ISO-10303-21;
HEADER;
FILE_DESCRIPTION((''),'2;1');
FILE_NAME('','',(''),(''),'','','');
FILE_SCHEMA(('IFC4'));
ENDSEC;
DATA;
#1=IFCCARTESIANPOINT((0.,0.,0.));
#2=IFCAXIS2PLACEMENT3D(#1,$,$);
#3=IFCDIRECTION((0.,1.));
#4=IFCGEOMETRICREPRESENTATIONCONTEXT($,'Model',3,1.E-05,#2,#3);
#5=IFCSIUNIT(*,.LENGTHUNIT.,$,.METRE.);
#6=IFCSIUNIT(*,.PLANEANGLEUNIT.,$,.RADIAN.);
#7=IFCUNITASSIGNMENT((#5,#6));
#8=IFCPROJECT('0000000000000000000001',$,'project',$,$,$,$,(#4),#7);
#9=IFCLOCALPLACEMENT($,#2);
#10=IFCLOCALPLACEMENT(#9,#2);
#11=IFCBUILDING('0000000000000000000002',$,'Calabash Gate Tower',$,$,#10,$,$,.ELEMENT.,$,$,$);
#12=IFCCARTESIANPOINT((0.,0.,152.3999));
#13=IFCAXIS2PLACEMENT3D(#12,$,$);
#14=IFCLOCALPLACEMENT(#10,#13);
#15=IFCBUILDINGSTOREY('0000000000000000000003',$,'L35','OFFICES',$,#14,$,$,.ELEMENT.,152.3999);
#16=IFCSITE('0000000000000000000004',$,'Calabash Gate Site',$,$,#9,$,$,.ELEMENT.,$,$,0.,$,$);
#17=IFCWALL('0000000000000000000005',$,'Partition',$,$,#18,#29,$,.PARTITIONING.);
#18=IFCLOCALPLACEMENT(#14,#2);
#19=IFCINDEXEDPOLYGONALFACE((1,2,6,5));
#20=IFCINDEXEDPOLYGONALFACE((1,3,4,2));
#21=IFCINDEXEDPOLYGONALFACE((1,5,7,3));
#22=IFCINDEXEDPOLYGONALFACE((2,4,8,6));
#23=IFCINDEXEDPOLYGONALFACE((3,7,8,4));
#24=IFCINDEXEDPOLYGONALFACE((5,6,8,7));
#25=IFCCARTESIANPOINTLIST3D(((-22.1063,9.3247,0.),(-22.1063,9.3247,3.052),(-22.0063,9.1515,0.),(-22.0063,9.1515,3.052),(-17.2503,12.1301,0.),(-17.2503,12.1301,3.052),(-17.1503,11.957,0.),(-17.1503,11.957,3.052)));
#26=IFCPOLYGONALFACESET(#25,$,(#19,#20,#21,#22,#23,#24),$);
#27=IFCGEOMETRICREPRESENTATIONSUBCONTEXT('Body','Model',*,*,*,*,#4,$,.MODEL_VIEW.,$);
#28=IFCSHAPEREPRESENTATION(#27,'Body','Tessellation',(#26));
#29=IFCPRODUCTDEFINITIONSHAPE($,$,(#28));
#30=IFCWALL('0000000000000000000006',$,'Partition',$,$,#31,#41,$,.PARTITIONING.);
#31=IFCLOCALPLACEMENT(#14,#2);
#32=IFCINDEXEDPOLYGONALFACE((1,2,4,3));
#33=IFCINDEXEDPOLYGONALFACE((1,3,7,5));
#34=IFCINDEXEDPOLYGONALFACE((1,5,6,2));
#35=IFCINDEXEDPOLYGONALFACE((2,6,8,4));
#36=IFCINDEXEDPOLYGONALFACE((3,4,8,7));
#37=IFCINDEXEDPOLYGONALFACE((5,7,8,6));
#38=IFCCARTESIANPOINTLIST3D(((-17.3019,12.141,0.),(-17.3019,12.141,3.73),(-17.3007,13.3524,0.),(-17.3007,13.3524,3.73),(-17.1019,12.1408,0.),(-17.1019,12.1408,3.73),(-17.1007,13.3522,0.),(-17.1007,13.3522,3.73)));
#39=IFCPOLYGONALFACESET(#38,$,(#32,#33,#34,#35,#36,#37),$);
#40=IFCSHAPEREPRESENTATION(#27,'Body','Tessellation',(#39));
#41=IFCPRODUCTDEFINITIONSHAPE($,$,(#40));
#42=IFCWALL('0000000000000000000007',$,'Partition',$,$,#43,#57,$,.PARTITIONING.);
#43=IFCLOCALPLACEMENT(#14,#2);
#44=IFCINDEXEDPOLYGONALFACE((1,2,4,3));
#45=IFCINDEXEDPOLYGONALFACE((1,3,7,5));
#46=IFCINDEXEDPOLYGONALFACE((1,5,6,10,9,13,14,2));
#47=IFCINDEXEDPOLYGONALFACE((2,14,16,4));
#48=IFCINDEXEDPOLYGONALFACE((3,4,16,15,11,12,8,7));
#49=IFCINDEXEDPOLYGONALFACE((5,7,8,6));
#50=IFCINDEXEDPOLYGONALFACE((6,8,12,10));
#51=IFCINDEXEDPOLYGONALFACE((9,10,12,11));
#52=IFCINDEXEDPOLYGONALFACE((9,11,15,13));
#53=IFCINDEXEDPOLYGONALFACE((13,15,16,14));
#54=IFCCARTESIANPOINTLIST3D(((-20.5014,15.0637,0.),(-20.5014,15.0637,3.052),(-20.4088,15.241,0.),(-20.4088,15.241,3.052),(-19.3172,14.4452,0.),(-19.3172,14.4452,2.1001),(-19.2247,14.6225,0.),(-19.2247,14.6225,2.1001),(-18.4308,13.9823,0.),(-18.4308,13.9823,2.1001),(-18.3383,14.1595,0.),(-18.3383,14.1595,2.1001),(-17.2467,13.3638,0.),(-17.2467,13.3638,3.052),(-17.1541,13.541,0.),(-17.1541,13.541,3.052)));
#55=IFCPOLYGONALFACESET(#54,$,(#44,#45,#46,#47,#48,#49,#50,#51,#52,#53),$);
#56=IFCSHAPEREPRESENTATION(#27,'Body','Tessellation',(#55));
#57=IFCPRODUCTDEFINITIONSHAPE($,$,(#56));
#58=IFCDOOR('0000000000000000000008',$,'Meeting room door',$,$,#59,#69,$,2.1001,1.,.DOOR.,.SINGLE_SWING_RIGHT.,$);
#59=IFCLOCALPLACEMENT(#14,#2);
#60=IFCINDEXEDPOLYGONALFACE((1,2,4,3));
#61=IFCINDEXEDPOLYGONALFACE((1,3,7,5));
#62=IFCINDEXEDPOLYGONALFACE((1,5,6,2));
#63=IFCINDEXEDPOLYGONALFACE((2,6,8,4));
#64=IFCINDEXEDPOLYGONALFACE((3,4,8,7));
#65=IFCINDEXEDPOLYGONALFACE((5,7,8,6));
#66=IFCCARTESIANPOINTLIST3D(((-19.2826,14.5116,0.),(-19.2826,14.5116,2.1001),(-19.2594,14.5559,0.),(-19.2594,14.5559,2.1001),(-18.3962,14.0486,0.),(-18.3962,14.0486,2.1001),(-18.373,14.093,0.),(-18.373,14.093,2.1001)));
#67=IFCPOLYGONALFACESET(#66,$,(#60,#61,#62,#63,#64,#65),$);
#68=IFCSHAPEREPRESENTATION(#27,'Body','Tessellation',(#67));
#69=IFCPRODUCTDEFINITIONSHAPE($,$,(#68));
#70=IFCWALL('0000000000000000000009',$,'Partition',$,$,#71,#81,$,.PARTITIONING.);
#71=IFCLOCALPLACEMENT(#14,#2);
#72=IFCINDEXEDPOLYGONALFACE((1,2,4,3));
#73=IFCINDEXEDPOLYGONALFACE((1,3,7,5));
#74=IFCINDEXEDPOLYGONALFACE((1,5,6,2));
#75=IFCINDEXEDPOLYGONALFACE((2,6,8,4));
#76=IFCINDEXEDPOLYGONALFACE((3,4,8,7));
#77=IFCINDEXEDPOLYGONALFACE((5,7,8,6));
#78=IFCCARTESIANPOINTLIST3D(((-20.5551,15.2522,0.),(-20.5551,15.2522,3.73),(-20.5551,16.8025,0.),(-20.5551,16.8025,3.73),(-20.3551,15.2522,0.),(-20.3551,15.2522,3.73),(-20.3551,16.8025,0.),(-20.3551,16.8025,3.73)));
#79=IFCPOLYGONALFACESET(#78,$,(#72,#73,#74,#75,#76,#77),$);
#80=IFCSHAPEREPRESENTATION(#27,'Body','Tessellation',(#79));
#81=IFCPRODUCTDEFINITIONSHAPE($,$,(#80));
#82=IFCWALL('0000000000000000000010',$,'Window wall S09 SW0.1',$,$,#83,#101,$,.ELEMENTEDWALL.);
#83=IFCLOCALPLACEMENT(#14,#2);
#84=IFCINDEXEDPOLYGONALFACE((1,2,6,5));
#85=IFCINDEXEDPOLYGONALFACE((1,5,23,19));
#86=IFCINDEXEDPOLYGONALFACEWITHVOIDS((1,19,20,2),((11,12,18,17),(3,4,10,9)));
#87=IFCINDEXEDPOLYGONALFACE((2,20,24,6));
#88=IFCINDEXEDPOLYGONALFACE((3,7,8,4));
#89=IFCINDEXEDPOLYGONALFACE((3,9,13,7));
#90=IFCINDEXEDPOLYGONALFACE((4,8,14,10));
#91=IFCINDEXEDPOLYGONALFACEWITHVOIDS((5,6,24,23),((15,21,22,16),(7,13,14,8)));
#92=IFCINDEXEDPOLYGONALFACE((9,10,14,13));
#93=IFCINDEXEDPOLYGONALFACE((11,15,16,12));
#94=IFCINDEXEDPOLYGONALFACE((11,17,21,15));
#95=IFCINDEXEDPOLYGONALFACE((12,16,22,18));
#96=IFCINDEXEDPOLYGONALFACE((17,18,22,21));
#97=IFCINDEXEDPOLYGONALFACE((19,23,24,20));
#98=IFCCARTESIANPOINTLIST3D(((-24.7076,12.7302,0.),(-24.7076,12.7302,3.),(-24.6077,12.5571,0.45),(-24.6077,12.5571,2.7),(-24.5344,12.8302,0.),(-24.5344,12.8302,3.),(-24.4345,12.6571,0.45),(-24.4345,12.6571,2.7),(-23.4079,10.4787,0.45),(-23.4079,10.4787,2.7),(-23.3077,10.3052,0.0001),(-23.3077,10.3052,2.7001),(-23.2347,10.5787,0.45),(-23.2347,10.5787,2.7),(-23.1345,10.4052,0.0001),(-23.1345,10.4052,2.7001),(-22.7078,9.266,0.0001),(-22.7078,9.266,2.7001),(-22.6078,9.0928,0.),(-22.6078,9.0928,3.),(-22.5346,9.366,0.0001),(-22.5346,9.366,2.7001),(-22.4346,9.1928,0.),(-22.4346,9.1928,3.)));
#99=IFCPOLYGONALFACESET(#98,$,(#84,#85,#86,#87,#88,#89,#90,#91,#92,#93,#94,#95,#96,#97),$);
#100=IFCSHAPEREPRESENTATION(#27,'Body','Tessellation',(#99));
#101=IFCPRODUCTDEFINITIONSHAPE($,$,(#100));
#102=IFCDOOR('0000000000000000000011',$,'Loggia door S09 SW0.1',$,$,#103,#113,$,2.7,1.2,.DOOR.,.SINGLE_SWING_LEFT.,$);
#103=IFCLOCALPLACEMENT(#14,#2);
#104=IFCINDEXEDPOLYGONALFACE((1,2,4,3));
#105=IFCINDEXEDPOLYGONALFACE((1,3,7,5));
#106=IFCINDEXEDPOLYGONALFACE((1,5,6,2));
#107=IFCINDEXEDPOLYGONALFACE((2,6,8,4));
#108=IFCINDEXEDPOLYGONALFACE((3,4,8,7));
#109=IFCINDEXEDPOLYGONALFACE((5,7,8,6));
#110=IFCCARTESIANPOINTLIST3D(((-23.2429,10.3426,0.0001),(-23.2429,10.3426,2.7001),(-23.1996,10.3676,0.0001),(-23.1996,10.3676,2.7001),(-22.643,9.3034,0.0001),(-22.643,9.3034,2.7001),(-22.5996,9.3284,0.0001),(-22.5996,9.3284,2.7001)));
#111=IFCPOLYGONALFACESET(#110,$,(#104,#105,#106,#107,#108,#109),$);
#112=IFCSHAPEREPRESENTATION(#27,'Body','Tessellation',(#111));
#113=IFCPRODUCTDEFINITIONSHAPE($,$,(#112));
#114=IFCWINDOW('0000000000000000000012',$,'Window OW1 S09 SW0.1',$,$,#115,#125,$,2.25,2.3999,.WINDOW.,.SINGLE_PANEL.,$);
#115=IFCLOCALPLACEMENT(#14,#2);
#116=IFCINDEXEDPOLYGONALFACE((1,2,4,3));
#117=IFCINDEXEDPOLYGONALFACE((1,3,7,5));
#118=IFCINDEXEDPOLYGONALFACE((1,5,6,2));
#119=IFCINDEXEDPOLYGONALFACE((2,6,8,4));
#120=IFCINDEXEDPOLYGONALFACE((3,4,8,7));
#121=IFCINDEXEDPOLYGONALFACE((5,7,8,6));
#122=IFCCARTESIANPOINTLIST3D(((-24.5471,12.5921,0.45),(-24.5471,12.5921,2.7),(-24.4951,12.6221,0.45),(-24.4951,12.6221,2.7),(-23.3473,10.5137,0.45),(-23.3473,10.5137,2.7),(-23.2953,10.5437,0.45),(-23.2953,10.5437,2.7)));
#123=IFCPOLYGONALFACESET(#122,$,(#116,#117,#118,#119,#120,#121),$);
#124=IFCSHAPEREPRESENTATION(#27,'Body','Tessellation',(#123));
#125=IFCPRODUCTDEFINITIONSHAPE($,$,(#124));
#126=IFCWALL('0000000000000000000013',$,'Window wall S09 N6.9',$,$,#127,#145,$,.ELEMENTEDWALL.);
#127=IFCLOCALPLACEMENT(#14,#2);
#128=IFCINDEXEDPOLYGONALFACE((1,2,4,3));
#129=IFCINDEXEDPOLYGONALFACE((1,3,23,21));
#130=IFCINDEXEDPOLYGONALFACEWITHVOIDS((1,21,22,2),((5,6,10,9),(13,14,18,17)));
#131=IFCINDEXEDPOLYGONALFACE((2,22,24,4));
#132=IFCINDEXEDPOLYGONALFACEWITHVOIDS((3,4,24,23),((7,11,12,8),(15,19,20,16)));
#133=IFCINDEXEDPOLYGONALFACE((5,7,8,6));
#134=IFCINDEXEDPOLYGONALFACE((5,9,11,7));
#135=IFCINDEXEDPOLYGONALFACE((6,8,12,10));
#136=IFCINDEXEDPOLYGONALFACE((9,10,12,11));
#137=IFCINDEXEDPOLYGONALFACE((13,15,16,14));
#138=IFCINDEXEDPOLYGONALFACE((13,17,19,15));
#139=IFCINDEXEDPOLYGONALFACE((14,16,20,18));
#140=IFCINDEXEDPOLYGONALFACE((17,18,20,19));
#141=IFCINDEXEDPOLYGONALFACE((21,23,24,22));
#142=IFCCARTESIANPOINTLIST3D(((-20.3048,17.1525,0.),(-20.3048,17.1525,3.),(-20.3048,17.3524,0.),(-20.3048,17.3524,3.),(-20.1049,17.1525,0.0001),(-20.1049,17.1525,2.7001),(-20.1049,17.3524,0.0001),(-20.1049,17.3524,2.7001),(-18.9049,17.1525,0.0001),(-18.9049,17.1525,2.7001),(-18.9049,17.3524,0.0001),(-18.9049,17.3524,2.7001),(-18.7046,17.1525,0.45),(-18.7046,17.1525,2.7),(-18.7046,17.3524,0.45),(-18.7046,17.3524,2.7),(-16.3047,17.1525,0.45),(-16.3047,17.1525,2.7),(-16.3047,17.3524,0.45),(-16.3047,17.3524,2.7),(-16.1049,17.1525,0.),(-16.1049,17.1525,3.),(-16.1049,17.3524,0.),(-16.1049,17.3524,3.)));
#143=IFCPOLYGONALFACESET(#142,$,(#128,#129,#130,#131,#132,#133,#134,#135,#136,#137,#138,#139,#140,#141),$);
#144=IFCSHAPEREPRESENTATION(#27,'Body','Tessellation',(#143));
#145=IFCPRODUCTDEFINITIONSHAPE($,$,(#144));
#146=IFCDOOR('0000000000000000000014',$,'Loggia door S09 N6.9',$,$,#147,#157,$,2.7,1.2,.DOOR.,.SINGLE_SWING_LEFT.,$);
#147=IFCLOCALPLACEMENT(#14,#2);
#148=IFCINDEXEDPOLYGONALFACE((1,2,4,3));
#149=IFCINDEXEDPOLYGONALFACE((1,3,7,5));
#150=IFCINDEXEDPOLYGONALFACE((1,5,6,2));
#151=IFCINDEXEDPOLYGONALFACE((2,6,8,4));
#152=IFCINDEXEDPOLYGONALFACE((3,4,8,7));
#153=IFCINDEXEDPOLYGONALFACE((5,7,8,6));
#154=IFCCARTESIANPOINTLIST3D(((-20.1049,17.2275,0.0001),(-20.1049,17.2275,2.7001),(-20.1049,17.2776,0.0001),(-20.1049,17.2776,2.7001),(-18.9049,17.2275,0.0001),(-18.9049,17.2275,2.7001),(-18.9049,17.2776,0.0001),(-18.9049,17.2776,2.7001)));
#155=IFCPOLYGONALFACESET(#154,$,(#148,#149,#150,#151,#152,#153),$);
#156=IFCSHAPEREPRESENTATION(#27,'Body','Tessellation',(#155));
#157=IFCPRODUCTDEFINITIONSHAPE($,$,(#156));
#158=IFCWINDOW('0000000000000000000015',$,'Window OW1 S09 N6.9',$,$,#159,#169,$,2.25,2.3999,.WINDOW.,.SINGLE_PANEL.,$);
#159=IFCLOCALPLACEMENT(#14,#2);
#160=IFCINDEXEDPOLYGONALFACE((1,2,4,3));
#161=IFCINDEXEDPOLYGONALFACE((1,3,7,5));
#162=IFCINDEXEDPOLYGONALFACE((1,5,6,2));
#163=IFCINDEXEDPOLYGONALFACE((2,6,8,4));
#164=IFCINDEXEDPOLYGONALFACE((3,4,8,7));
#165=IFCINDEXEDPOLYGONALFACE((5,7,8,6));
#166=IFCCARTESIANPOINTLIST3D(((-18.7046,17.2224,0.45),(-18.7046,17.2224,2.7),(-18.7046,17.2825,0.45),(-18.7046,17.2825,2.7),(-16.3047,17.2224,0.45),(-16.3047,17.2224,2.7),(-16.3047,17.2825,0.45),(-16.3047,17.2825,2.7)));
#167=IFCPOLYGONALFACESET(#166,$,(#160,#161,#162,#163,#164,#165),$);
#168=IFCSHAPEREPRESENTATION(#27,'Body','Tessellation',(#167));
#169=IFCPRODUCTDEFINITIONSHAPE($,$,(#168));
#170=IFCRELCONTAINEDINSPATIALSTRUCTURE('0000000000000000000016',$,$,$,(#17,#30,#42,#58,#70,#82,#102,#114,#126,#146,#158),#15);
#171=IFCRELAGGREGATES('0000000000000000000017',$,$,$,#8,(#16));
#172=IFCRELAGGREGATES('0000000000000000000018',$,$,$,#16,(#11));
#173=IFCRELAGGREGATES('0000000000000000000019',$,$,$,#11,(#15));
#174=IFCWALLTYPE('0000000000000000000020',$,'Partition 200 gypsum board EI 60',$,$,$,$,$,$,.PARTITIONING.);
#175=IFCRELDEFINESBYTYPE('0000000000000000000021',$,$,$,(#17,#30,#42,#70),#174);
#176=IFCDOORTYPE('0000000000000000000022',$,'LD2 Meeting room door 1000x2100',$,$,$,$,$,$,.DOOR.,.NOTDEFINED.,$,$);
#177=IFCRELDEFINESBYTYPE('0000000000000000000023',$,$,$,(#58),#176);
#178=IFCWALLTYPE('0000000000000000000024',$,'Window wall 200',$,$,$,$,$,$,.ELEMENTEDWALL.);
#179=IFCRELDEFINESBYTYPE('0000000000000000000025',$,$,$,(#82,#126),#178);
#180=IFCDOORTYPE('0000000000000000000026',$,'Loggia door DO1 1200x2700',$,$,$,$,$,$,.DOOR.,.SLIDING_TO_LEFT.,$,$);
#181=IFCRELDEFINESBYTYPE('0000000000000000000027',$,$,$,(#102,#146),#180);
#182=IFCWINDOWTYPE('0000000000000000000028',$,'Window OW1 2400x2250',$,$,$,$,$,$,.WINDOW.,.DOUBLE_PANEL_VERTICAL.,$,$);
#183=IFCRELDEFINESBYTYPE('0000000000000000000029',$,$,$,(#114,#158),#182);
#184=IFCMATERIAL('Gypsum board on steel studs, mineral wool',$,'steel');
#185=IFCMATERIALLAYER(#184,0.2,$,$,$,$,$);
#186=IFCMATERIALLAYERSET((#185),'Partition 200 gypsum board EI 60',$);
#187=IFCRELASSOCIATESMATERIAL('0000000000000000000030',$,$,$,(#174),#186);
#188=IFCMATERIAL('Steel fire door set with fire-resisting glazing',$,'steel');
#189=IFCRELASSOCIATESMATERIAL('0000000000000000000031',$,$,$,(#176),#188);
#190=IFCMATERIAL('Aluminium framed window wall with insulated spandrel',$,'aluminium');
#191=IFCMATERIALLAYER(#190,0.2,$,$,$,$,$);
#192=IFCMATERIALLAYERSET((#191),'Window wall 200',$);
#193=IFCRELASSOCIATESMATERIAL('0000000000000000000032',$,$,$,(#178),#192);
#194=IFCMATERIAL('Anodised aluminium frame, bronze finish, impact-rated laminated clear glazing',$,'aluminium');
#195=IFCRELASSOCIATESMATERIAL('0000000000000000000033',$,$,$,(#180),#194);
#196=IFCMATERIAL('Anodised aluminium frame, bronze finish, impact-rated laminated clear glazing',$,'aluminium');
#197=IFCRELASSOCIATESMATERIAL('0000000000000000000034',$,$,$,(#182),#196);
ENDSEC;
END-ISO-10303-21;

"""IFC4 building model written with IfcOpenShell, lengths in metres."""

from ifc_helpers import new_model, si_unit, direction, frame, frame_2d, origin, place, context, subcontext, project, spatial, rectangle, extrude, material, layer, layer_set, type_object, element, fill, save


model = new_model("IFC4")

# Units and contexts
model_context = context("Model", 3, precision=1e-05, world=origin(), true_north=direction((0.0, 1.0)))
body_context = subcontext(model_context, "Body", "Model", "MODEL_VIEW")
ifc_project = project(units=[si_unit("LENGTHUNIT", "METRE"), si_unit("PLANEANGLEUNIT", "RADIAN")], contexts=[model_context])

# Site, building, storey
site_placement = place(None, origin())
site = spatial("IfcSite", under=ifc_project, at=site_placement, Name="Calabash Gate Site", CompositionType="ELEMENT", RefElevation=0.0)
building_placement = place(site_placement, origin())
building = spatial("IfcBuilding", under=site, at=building_placement, Name="Calabash Gate Tower", CompositionType="ELEMENT")
storey_placement = place(building_placement, frame((0.0, 0.0, 152.3999)))
storey = spatial("IfcBuildingStorey", under=building, at=storey_placement, Name="L35", Description="OFFICES", CompositionType="ELEMENT", Elevation=152.3999)

# Walls
ifc_material_1 = material(Name="Gypsum board on steel studs, mineral wool", Category="steel")
ifc_layer_1 = layer(ifc_material_1, 0.2)
ifc_layer_set_1 = layer_set([ifc_layer_1], Name="Partition 200 gypsum board EI 60")
wall_type_1 = type_object("IfcWallType", Name="Partition 200 gypsum board EI 60", PredefinedType="PARTITIONING", material=ifc_layer_set_1)
wall_1_placement = place(storey_placement, frame((-22.0564, 9.238, 0.0), z_axis=(0.0, 0.0, 1.0), x_axis=(0.865884, 0.500245, 0.0)))
element("IfcWall", 1, at=wall_1_placement, inside=storey, type_object=wall_type_1, Name="Partition", PredefinedType="PARTITIONING", context=body_context, shape_type="SweptSolid", body=[
    extrude(rectangle(XDim=5.6082, YDim=0.2, at=frame_2d((2.8042, 0.0))), origin(), (0.0, 0.0, 1.0), 3.052),
])
wall_2_placement = place(storey_placement, frame((-17.2019, 12.1409, 0.0), z_axis=(0.0, 0.0, 1.0), x_axis=(0.001008, 0.999999, 0.0)))
element("IfcWall", 2, at=wall_2_placement, inside=storey, type_object=wall_type_1, Name="Partition", PredefinedType="PARTITIONING", context=body_context, shape_type="SweptSolid", body=[
    extrude(rectangle(XDim=1.2114, YDim=0.2, at=frame_2d((0.6057, 0.0))), origin(), (0.0, 0.0, 1.0), 3.73),
])

# Wall, opening, door
wall_3_placement = place(storey_placement, frame((-20.4551, 15.1523, 0.0), z_axis=(0.0, 0.0, 1.0), x_axis=(0.886375, -0.462968, 0.0)))
wall_3 = element("IfcWall", 3, at=wall_3_placement, inside=storey, type_object=wall_type_1, Name="Partition", PredefinedType="PARTITIONING", context=body_context, shape_type="SweptSolid", body=[
    extrude(rectangle(XDim=3.6719, YDim=0.2, at=frame_2d((1.8359, 0.0))), origin(), (0.0, 0.0, 1.0), 3.052),
])
opening_1_placement = place(wall_3_placement, frame((1.3359, 0.0, 0.0)))
opening_1 = element("IfcOpeningElement", 4, at=opening_1_placement, cuts=wall_3, PredefinedType="OPENING", context=body_context, shape_type="SweptSolid", body=[
    extrude(rectangle(XDim=1.0, YDim=2.1001, at=frame_2d((0.5, 1.05))), frame((0.0, 0.1099, 0.0), z_axis=(0.0, -1.0, 0.0), x_axis=(1.0, 0.0, 0.0)), (0.0, 0.0, 1.0), 0.22),
])
ifc_material_2 = material(Name="Steel fire door set with fire-resisting glazing", Category="steel")
door_type_1 = type_object("IfcDoorType", Name="LD2 Meeting room door 1000x2100", OperationType="NOTDEFINED", PredefinedType="DOOR", material=ifc_material_2)
door_1_placement = place(opening_1_placement, origin())
door_1 = element("IfcDoor", 5, at=door_1_placement, inside=storey, type_object=door_type_1, Name="Meeting room door", OperationType="SINGLE_SWING_RIGHT", OverallHeight=2.1001, OverallWidth=1.0, PredefinedType="DOOR", context=body_context, shape_type="SweptSolid", body=[
    extrude(rectangle(XDim=1.0, YDim=2.1001, at=frame_2d((0.5, 1.05))), frame((0.0, 0.0249, 0.0), z_axis=(0.0, -1.0, 0.0), x_axis=(1.0, 0.0, 0.0)), (0.0, 0.0, 1.0), 0.05),
])
fill(opening_1, door_1)

# Wall
wall_4_placement = place(storey_placement, frame((-20.4551, 16.8025, 0.0), z_axis=(0.0, 0.0, 1.0), x_axis=(0.0, -1.0, 0.0)))
element("IfcWall", 6, at=wall_4_placement, inside=storey, type_object=wall_type_1, Name="Partition", PredefinedType="PARTITIONING", context=body_context, shape_type="SweptSolid", body=[
    extrude(rectangle(XDim=1.5503, YDim=0.2, at=frame_2d((0.7751, 0.0))), origin(), (0.0, 0.0, 1.0), 3.73),
])

# Walls, openings, doors, windows
ifc_material_3 = material(Name="Aluminium framed window wall with insulated spandrel", Category="aluminium")
ifc_layer_2 = layer(ifc_material_3, 0.2)
ifc_layer_set_2 = layer_set([ifc_layer_2], Name="Window wall 200")
wall_type_2 = type_object("IfcWallType", Name="Window wall 200", PredefinedType="ELEMENTEDWALL", material=ifc_layer_set_2)
wall_5_placement = place(storey_placement, frame((-24.6211, 12.7803, 0.0), z_axis=(0.0, 0.0, 1.0), x_axis=(0.499959, -0.866049, 0.0)))
wall_5 = element("IfcWall", 7, at=wall_5_placement, inside=storey, type_object=wall_type_2, Name="Window wall S09 SW0.1", PredefinedType="ELEMENTEDWALL", context=body_context, shape_type="SweptSolid", body=[
    extrude(rectangle(XDim=4.2, YDim=0.2, at=frame_2d((2.1001, 0.0))), origin(), (0.0, 0.0, 1.0), 3.0),
])
opening_2_placement = place(wall_5_placement, frame((0.2, 0.0, 0.45)))
opening_2 = element("IfcOpeningElement", 8, at=opening_2_placement, cuts=wall_5, PredefinedType="OPENING", context=body_context, shape_type="SweptSolid", body=[
    extrude(rectangle(XDim=2.3999, YDim=2.25, at=frame_2d((1.2, 1.125))), frame((0.0, 0.1099, 0.0), z_axis=(0.0, -1.0, 0.0), x_axis=(1.0, 0.0, 0.0)), (0.0, 0.0, 1.0), 0.22),
])
opening_3_placement = place(wall_5_placement, frame((2.8, 0.0, 0.0)))
opening_3 = element("IfcOpeningElement", 9, at=opening_3_placement, cuts=wall_5, PredefinedType="OPENING", context=body_context, shape_type="SweptSolid", body=[
    extrude(rectangle(XDim=1.2, YDim=2.7, at=frame_2d((0.6001, 1.3501))), frame((0.0, 0.1099, 0.0), z_axis=(0.0, -1.0, 0.0), x_axis=(1.0, 0.0, 0.0)), (0.0, 0.0, 1.0), 0.22),
])
ifc_material_4 = material(Name="Anodised aluminium frame, bronze finish, impact-rated laminated clear glazing", Category="aluminium")
door_type_2 = type_object("IfcDoorType", Name="Loggia door DO1 1200x2700", OperationType="SLIDING_TO_LEFT", PredefinedType="DOOR", material=ifc_material_4)
door_2_placement = place(opening_3_placement, origin())
door_2 = element("IfcDoor", 10, at=door_2_placement, inside=storey, type_object=door_type_2, Name="Loggia door S09 SW0.1", OperationType="SINGLE_SWING_LEFT", OverallHeight=2.7, OverallWidth=1.2, PredefinedType="DOOR", context=body_context, shape_type="SweptSolid", body=[
    extrude(rectangle(XDim=1.2, YDim=2.7, at=frame_2d((0.6001, 1.3501))), frame((0.0, 0.0249, 0.0), z_axis=(0.0, -1.0, 0.0), x_axis=(1.0, 0.0, 0.0)), (0.0, 0.0, 1.0), 0.05),
])
fill(opening_3, door_2)
ifc_material_5 = material(Name="Anodised aluminium frame, bronze finish, impact-rated laminated clear glazing", Category="aluminium")
window_type = type_object("IfcWindowType", Name="Window OW1 2400x2250", PartitioningType="DOUBLE_PANEL_VERTICAL", PredefinedType="WINDOW", material=ifc_material_5)
window_1_placement = place(opening_2_placement, origin())
window_1 = element("IfcWindow", 11, at=window_1_placement, inside=storey, type_object=window_type, Name="Window OW1 S09 SW0.1", OverallHeight=2.25, OverallWidth=2.3999, PartitioningType="SINGLE_PANEL", PredefinedType="WINDOW", context=body_context, shape_type="SweptSolid", body=[
    extrude(rectangle(XDim=2.3999, YDim=2.25, at=frame_2d((1.2, 1.125))), frame((0.0, 0.03, 0.0), z_axis=(0.0, -1.0, 0.0), x_axis=(1.0, 0.0, 0.0)), (0.0, 0.0, 1.0), 0.0601),
])
fill(opening_2, window_1)
wall_6_placement = place(storey_placement, frame((-16.1047, 17.2524, 0.0), z_axis=(0.0, 0.0, 1.0), x_axis=(-1.0, 0.0, 0.0)))
wall_6 = element("IfcWall", 12, at=wall_6_placement, inside=storey, type_object=wall_type_2, Name="Window wall S09 N6.9", PredefinedType="ELEMENTEDWALL", context=body_context, shape_type="SweptSolid", body=[
    extrude(rectangle(XDim=4.2, YDim=0.2, at=frame_2d((2.1001, 0.0))), origin(), (0.0, 0.0, 1.0), 3.0),
])
opening_4_placement = place(wall_6_placement, frame((0.2, 0.0, 0.45)))
opening_4 = element("IfcOpeningElement", 13, at=opening_4_placement, cuts=wall_6, PredefinedType="OPENING", context=body_context, shape_type="SweptSolid", body=[
    extrude(rectangle(XDim=2.3999, YDim=2.25, at=frame_2d((1.2, 1.125))), frame((0.0, 0.1099, 0.0), z_axis=(0.0, -1.0, 0.0), x_axis=(1.0, 0.0, 0.0)), (0.0, 0.0, 1.0), 0.22),
])
opening_5_placement = place(wall_6_placement, frame((2.8, 0.0, 0.0)))
opening_5 = element("IfcOpeningElement", 14, at=opening_5_placement, cuts=wall_6, PredefinedType="OPENING", context=body_context, shape_type="SweptSolid", body=[
    extrude(rectangle(XDim=1.2, YDim=2.7, at=frame_2d((0.6001, 1.3501))), frame((0.0, 0.1099, 0.0), z_axis=(0.0, -1.0, 0.0), x_axis=(1.0, 0.0, 0.0)), (0.0, 0.0, 1.0), 0.22),
])
door_3_placement = place(opening_5_placement, origin())
door_3 = element("IfcDoor", 15, at=door_3_placement, inside=storey, type_object=door_type_2, Name="Loggia door S09 N6.9", OperationType="SINGLE_SWING_LEFT", OverallHeight=2.7, OverallWidth=1.2, PredefinedType="DOOR", context=body_context, shape_type="SweptSolid", body=[
    extrude(rectangle(XDim=1.2, YDim=2.7, at=frame_2d((0.6001, 1.3501))), frame((0.0, 0.0249, 0.0), z_axis=(0.0, -1.0, 0.0), x_axis=(1.0, 0.0, 0.0)), (0.0, 0.0, 1.0), 0.05),
])
fill(opening_5, door_3)
window_2_placement = place(opening_4_placement, origin())
window_2 = element("IfcWindow", 16, at=window_2_placement, inside=storey, type_object=window_type, Name="Window OW1 S09 N6.9", OverallHeight=2.25, OverallWidth=2.3999, PartitioningType="SINGLE_PANEL", PredefinedType="WINDOW", context=body_context, shape_type="SweptSolid", body=[
    extrude(rectangle(XDim=2.3999, YDim=2.25, at=frame_2d((1.2, 1.125))), frame((0.0, 0.03, 0.0), z_axis=(0.0, -1.0, 0.0), x_axis=(1.0, 0.0, 0.0)), (0.0, 0.0, 1.0), 0.0601),
])
fill(opening_4, window_2)

save(model, "model.ifc")
